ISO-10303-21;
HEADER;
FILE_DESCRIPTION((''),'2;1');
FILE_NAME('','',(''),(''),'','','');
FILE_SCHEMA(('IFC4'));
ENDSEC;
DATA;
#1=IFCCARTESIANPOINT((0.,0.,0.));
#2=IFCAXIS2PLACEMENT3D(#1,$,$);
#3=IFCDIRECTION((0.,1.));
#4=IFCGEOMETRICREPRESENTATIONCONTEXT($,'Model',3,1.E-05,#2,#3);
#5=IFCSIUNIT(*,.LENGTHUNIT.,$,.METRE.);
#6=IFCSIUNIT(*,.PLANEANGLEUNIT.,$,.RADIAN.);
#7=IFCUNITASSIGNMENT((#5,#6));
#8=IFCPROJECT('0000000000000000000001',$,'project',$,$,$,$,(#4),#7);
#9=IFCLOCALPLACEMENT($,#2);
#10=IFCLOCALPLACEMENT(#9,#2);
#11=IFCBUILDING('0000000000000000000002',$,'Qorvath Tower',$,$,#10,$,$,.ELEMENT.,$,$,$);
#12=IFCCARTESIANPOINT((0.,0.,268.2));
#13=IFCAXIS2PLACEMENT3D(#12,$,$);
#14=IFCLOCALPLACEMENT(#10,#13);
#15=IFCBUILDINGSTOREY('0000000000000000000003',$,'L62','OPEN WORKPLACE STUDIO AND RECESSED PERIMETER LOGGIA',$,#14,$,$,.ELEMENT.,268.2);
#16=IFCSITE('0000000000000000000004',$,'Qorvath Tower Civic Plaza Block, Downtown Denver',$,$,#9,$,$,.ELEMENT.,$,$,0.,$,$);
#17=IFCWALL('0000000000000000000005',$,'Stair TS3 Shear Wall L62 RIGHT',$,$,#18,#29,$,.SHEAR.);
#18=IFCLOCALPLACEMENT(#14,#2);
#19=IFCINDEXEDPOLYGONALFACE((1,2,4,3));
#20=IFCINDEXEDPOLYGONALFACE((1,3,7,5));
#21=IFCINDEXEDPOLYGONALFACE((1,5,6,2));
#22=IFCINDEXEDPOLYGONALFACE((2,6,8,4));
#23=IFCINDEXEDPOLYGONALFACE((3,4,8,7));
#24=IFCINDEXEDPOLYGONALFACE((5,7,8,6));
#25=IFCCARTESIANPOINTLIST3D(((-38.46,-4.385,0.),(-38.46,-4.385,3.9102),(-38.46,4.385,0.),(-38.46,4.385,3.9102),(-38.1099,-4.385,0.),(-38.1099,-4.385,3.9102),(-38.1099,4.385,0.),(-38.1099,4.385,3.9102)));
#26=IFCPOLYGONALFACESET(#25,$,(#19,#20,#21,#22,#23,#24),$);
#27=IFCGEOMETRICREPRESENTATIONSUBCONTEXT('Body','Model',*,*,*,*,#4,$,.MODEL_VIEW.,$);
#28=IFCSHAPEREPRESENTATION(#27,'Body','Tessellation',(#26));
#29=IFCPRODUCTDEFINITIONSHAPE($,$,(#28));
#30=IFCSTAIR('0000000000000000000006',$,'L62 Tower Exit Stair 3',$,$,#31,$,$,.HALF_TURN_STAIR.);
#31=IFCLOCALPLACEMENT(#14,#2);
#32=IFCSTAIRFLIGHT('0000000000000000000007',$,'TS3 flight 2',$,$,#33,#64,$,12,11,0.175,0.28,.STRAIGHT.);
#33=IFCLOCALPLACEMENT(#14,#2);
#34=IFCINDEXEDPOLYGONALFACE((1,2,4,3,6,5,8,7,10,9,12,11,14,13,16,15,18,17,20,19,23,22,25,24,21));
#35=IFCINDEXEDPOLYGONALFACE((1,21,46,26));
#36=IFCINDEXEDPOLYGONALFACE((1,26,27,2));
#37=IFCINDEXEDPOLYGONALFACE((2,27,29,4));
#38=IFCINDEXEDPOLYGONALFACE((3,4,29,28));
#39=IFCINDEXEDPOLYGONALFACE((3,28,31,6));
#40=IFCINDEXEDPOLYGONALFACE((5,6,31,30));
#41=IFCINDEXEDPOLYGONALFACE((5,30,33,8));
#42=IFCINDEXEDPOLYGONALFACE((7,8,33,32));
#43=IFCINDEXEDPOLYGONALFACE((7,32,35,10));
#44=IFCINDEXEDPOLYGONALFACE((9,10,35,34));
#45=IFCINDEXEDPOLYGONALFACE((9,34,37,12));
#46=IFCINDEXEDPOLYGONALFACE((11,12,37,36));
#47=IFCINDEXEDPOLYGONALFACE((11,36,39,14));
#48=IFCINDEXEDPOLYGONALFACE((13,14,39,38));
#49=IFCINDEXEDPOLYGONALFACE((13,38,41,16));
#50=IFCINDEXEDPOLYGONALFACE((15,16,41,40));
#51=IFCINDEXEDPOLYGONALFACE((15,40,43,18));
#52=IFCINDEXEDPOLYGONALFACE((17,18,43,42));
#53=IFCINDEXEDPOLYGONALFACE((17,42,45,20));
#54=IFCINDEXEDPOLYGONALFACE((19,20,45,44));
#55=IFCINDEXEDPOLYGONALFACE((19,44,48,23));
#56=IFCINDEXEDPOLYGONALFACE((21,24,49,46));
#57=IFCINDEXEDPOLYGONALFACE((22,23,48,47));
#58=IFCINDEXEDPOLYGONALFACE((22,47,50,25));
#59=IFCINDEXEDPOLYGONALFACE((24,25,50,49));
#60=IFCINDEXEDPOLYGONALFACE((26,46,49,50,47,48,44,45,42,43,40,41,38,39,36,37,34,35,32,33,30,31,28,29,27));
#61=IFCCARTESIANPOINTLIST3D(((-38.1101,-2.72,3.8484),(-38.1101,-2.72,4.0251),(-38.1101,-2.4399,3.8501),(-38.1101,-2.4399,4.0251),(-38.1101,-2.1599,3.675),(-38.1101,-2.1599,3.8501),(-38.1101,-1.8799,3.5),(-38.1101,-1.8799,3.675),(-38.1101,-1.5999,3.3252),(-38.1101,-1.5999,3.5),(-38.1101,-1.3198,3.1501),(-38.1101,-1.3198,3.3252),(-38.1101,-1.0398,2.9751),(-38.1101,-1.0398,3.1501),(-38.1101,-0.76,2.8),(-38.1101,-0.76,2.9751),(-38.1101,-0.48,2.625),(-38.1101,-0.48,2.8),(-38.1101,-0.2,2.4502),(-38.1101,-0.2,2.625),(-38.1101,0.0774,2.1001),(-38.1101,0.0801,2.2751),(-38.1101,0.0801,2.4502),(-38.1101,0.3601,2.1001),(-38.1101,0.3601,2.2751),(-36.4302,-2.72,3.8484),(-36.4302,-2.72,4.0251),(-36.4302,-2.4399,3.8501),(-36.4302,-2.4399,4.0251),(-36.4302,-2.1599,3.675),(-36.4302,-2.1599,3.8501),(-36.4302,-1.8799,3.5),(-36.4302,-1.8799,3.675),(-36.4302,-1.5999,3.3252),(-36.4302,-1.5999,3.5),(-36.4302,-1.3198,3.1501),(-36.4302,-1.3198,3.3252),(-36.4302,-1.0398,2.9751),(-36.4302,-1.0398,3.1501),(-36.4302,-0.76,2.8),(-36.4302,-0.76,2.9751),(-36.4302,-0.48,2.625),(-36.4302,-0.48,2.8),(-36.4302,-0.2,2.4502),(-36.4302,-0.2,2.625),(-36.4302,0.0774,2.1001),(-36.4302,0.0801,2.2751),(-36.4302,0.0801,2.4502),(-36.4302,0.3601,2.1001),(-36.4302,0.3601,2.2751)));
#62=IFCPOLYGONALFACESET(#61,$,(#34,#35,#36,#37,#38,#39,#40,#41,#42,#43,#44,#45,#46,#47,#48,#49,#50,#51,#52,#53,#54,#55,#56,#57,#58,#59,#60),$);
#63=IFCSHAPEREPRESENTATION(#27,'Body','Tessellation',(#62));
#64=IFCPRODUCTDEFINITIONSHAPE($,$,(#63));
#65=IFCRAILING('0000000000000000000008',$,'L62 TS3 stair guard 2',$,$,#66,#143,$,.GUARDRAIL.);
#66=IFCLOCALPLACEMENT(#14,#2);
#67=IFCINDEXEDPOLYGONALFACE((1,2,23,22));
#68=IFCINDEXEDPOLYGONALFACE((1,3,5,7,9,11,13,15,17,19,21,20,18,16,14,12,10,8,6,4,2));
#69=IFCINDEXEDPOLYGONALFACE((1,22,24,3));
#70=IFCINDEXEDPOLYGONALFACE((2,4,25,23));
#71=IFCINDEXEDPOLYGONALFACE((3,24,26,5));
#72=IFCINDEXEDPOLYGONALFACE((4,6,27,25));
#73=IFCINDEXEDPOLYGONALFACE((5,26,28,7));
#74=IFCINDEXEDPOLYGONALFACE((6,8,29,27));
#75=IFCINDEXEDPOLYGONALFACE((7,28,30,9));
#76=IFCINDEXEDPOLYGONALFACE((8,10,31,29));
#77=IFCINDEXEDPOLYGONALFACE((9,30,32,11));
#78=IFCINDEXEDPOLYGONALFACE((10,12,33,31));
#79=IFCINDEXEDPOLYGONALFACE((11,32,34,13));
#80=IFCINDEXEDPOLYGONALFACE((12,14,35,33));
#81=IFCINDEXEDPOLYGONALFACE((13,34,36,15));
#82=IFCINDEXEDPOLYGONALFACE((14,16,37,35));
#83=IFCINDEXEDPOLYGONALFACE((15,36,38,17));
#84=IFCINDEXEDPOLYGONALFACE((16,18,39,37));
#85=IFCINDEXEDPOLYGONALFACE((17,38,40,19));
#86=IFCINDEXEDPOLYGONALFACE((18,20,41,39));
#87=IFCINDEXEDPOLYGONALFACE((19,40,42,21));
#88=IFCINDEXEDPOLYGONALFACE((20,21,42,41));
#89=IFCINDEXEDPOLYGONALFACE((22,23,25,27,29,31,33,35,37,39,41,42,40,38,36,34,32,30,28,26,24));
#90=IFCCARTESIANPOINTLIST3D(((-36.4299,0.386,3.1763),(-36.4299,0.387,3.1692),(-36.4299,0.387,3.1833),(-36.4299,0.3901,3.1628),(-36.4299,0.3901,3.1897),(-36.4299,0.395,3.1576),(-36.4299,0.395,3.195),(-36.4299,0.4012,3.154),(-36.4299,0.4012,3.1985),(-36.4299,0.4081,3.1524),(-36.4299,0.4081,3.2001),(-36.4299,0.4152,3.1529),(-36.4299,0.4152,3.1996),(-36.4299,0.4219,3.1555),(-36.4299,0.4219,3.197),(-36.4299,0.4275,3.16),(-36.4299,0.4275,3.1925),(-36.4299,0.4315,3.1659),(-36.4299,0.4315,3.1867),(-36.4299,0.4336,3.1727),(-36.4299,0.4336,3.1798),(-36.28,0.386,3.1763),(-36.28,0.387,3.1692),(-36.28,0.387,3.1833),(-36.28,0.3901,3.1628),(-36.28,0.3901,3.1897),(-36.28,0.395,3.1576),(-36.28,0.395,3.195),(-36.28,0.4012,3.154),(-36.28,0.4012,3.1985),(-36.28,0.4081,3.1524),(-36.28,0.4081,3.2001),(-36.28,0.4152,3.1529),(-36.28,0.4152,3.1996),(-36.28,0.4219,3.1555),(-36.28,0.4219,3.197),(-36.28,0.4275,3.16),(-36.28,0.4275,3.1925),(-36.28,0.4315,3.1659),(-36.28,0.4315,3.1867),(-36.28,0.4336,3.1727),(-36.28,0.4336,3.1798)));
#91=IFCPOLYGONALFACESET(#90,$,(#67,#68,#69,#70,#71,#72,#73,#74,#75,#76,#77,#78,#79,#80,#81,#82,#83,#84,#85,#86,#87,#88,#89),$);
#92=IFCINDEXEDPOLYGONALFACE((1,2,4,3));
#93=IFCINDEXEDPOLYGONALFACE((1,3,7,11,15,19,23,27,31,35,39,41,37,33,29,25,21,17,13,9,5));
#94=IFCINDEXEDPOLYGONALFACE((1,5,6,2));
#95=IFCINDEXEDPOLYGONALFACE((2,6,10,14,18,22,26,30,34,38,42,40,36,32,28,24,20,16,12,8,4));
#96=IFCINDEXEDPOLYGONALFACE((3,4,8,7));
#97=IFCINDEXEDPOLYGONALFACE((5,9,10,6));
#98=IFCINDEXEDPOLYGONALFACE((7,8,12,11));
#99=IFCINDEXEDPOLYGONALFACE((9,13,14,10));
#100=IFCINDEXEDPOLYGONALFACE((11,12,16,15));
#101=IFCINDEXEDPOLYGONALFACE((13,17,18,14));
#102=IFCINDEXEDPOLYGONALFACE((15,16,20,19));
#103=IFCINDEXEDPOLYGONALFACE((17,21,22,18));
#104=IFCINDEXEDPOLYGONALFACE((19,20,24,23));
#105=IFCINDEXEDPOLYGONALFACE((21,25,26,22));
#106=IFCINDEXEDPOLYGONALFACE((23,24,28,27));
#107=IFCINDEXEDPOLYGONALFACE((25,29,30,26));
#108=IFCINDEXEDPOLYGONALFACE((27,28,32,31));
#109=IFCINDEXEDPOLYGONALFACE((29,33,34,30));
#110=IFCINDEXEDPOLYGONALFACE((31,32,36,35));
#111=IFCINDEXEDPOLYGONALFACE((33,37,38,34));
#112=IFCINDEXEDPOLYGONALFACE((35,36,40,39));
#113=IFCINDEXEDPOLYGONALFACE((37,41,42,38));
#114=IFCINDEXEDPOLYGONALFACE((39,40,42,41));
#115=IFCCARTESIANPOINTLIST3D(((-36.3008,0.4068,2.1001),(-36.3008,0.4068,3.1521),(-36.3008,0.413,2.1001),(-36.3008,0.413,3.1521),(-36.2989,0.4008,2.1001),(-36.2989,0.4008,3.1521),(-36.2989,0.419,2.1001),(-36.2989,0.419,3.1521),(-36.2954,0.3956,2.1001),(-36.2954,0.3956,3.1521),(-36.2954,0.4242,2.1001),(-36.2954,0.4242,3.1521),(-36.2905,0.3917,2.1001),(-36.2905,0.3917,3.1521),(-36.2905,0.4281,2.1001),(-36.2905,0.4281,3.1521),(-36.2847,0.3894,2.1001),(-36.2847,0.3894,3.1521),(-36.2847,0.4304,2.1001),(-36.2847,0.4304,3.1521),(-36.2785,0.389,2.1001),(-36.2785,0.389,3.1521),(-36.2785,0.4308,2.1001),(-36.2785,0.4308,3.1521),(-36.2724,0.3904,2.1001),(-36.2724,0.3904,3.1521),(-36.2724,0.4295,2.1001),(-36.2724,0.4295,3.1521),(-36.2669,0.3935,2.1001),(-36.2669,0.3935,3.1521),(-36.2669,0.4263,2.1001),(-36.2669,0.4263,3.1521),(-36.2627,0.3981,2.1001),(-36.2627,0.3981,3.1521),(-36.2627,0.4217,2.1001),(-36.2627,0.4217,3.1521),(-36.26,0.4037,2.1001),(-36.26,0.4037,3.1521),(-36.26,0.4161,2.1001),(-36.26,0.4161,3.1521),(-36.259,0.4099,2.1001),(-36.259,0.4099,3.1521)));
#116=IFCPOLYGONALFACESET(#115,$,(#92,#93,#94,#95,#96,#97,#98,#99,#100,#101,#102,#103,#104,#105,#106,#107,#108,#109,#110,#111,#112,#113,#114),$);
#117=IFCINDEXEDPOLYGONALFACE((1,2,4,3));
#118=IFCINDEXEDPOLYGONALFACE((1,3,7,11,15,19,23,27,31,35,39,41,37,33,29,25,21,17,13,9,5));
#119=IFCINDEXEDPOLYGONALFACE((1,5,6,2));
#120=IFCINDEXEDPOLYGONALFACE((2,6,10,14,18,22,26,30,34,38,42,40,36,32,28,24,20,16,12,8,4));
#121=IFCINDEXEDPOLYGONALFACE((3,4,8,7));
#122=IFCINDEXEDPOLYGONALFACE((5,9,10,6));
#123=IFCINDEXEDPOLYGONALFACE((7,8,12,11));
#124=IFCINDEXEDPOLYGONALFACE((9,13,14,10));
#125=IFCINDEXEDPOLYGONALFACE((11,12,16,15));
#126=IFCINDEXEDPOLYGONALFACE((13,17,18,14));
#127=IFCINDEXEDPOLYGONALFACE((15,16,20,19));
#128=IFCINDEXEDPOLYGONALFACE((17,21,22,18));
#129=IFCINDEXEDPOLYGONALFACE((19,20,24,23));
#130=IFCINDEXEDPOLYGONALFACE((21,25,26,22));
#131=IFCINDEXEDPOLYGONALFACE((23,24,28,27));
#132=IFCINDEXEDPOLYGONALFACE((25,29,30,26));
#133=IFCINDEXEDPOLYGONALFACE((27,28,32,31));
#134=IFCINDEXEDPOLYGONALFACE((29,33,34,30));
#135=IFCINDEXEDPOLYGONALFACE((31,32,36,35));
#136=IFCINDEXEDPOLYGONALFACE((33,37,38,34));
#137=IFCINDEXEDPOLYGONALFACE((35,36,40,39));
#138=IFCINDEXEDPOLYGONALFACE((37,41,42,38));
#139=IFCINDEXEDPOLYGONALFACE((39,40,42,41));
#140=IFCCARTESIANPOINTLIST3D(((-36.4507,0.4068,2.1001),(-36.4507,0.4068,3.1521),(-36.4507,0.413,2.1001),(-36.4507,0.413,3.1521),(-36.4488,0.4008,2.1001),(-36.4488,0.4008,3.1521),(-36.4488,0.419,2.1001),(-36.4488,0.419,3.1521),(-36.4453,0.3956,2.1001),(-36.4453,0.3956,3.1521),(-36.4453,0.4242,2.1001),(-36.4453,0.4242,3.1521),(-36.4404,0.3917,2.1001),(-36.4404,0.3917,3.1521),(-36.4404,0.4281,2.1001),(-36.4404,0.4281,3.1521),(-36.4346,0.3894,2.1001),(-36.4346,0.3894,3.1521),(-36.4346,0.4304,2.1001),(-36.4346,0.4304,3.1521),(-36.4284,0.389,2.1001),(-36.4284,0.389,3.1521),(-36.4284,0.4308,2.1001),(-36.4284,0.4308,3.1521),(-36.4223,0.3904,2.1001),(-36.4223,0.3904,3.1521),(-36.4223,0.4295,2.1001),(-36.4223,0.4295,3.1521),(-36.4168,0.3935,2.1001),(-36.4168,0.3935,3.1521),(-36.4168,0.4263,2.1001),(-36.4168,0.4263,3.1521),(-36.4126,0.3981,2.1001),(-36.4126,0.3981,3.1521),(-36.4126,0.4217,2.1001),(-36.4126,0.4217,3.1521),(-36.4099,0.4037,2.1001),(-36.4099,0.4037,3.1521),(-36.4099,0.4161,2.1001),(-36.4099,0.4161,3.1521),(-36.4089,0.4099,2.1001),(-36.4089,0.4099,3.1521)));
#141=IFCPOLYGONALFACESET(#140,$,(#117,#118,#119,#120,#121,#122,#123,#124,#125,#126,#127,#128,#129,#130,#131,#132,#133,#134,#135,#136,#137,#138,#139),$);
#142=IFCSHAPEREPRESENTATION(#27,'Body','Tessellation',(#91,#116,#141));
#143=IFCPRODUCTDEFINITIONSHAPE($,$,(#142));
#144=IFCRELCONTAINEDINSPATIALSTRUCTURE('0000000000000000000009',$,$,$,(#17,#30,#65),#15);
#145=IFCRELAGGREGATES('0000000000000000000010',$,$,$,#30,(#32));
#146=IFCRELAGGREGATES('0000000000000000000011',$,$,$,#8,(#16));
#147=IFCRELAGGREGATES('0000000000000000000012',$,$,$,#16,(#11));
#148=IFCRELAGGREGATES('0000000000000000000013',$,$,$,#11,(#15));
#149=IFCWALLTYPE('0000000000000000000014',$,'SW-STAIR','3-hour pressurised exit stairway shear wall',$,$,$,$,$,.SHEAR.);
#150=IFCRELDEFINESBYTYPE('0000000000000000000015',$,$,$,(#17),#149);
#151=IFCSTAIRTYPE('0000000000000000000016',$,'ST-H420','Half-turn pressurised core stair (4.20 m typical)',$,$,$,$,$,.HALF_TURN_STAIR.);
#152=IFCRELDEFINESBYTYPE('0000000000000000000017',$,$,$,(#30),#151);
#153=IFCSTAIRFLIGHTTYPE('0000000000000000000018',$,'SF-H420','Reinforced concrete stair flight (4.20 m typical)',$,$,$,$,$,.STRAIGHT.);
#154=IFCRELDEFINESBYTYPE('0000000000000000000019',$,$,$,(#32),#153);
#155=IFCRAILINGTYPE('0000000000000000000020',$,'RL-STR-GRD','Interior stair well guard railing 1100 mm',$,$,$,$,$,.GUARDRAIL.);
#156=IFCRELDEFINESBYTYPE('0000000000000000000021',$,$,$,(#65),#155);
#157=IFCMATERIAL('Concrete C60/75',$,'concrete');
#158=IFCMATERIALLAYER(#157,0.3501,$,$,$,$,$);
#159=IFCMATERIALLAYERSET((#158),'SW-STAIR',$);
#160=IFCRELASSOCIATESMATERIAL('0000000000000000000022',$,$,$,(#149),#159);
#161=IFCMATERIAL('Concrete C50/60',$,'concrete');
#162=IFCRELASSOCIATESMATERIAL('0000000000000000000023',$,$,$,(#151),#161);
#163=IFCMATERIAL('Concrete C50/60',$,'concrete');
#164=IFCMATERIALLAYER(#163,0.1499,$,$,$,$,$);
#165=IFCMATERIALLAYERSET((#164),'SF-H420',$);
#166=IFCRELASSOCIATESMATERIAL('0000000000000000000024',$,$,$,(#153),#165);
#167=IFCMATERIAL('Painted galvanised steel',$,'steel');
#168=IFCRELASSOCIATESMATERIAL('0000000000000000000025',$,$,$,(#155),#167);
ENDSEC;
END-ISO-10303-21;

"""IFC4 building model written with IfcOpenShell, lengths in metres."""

from ifc_helpers import new_model, si_unit, direction, frame, frame_2d, origin, origin_2d, place, context, subcontext, project, spatial, polyline, rectangle, circle, outline, extrude, material, layer, layer_set, type_object, element, aggregate, save


model = new_model("IFC4")

# Units and contexts
model_context = context("Model", 3, precision=1e-05, world=origin(), true_north=direction((0.0, 1.0)))
body_context = subcontext(model_context, "Body", "Model", "MODEL_VIEW")
ifc_project = project(units=[si_unit("LENGTHUNIT", "METRE"), si_unit("PLANEANGLEUNIT", "RADIAN")], contexts=[model_context])

# Site, building, storey
site_placement = place(None, origin())
site = spatial("IfcSite", under=ifc_project, at=site_placement, Name="Qorvath Tower Civic Plaza Block, Downtown Denver", CompositionType="ELEMENT", RefElevation=0.0)
building_placement = place(site_placement, origin())
building = spatial("IfcBuilding", under=site, at=building_placement, Name="Qorvath Tower", CompositionType="ELEMENT")
storey_placement = place(building_placement, frame((0.0, 0.0, 268.2)))
storey = spatial("IfcBuildingStorey", under=building, at=storey_placement, Name="L62", Description="OPEN WORKPLACE STUDIO AND RECESSED PERIMETER LOGGIA", CompositionType="ELEMENT", Elevation=268.2)

# Wall
ifc_material_1 = material(Name="Concrete C60/75", Category="concrete")
ifc_layer_1 = layer(ifc_material_1, 0.3501)
ifc_layer_set_1 = layer_set([ifc_layer_1], Name="SW-STAIR")
wall_type_1 = type_object("IfcWallType", Name="SW-STAIR", Description="3-hour pressurised exit stairway shear wall", PredefinedType="SHEAR", material=ifc_layer_set_1)
wall_1_placement = place(storey_placement, frame((-38.2849, 4.385, 0.0), z_axis=(0.0, 0.0, 1.0), x_axis=(0.0, -1.0, 0.0)))
element("IfcWall", 1, at=wall_1_placement, inside=storey, type_object=wall_type_1, Name="Stair TS3 Shear Wall L62 RIGHT", PredefinedType="SHEAR", context=body_context, shape_type="SweptSolid", body=[
    extrude(rectangle(XDim=8.77, YDim=0.3501, at=frame_2d((4.385, 0.0))), origin(), (0.0, 0.0, 1.0), 3.9102),
])

# Stair, stair flight
ifc_material_2 = material(Name="Concrete C50/60", Category="concrete")
stair_type = type_object("IfcStairType", Name="ST-H420", Description="Half-turn pressurised core stair (4.20 m typical)", PredefinedType="HALF_TURN_STAIR", material=ifc_material_2)
stair_placement = place(storey_placement, origin())
stair = element("IfcStair", 2, at=stair_placement, inside=storey, type_object=stair_type, Name="L62 Tower Exit Stair 3", PredefinedType="HALF_TURN_STAIR")
ifc_material_3 = material(Name="Concrete C50/60", Category="concrete")
ifc_layer_2 = layer(ifc_material_3, 0.1499)
ifc_layer_set_2 = layer_set([ifc_layer_2], Name="SF-H420")
stair_flight_type = type_object("IfcStairFlightType", Name="SF-H420", Description="Reinforced concrete stair flight (4.20 m typical)", PredefinedType="STRAIGHT", material=ifc_layer_set_2)
stair_flight_placement = place(storey_placement, frame((-37.27, 0.3601, 2.1001), z_axis=(0.0, 0.0, 1.0), x_axis=(0.0, -1.0, 0.0)))
stair_flight = element("IfcStairFlight", 3, at=stair_flight_placement, type_object=stair_flight_type, Name="TS3 flight 2", NumberOfRisers=12, NumberOfTreads=11, PredefinedType="STRAIGHT", RiserHeight=0.175, TreadLength=0.28, context=body_context, shape_type="SweptSolid", body=[
    extrude(outline(polyline([(0.0, 0.0), (0.0, 0.175), (0.28, 0.175), (0.28, 0.3501), (0.5601, 0.3501), (0.5601, 0.5249), (0.8401, 0.5249), (0.8401, 0.7), (1.1201, 0.7), (1.1201, 0.875), (1.3999, 0.875), (1.3999, 1.05), (1.6799, 1.05), (1.6799, 1.2251), (1.96, 1.2251), (1.96, 1.3999), (2.24, 1.3999), (2.24, 1.575), (2.52, 1.575), (2.52, 1.75), (2.8, 1.75), (2.8, 1.925), (3.0801, 1.925), (3.0801, 2.1001), (3.0801, 1.7483), (0.2827, 0.0), (0.0, 0.0)])), frame((0.0, 0.8398, 0.0), z_axis=(0.0, -1.0, 0.0), x_axis=(1.0, 0.0, 0.0)), (0.0, 0.0, 1.0), 1.6799),
])
aggregate(stair, [stair_flight])

# Railing
ifc_material_4 = material(Name="Painted galvanised steel", Category="steel")
railing_type = type_object("IfcRailingType", Name="RL-STR-GRD", Description="Interior stair well guard railing 1100 mm", PredefinedType="GUARDRAIL", material=ifc_material_4)
railing_1_placement = place(storey_placement, frame((-36.28, 0.4099, 2.1001)))
element("IfcRailing", 4, at=railing_1_placement, inside=storey, type_object=railing_type, Name="L62 TS3 stair guard 2", PredefinedType="GUARDRAIL", context=body_context, shape_type="SweptSolid", body=[
    extrude(circle(Radius=0.0239, at=origin_2d()), frame((0.0, 0.0, 1.0762), z_axis=(-1.0, 0.0, 0.0), x_axis=(0.0, -1.0, 0.0)), (0.0, 0.0, 1.0), 0.1499),
    extrude(circle(Radius=0.021, at=origin_2d()), origin(), (0.0, 0.0, 1.0), 1.052),
    extrude(circle(Radius=0.021, at=origin_2d()), frame((-0.1499, 0.0, 0.0)), (0.0, 0.0, 1.0), 1.052),
])

save(model, "model.ifc")
